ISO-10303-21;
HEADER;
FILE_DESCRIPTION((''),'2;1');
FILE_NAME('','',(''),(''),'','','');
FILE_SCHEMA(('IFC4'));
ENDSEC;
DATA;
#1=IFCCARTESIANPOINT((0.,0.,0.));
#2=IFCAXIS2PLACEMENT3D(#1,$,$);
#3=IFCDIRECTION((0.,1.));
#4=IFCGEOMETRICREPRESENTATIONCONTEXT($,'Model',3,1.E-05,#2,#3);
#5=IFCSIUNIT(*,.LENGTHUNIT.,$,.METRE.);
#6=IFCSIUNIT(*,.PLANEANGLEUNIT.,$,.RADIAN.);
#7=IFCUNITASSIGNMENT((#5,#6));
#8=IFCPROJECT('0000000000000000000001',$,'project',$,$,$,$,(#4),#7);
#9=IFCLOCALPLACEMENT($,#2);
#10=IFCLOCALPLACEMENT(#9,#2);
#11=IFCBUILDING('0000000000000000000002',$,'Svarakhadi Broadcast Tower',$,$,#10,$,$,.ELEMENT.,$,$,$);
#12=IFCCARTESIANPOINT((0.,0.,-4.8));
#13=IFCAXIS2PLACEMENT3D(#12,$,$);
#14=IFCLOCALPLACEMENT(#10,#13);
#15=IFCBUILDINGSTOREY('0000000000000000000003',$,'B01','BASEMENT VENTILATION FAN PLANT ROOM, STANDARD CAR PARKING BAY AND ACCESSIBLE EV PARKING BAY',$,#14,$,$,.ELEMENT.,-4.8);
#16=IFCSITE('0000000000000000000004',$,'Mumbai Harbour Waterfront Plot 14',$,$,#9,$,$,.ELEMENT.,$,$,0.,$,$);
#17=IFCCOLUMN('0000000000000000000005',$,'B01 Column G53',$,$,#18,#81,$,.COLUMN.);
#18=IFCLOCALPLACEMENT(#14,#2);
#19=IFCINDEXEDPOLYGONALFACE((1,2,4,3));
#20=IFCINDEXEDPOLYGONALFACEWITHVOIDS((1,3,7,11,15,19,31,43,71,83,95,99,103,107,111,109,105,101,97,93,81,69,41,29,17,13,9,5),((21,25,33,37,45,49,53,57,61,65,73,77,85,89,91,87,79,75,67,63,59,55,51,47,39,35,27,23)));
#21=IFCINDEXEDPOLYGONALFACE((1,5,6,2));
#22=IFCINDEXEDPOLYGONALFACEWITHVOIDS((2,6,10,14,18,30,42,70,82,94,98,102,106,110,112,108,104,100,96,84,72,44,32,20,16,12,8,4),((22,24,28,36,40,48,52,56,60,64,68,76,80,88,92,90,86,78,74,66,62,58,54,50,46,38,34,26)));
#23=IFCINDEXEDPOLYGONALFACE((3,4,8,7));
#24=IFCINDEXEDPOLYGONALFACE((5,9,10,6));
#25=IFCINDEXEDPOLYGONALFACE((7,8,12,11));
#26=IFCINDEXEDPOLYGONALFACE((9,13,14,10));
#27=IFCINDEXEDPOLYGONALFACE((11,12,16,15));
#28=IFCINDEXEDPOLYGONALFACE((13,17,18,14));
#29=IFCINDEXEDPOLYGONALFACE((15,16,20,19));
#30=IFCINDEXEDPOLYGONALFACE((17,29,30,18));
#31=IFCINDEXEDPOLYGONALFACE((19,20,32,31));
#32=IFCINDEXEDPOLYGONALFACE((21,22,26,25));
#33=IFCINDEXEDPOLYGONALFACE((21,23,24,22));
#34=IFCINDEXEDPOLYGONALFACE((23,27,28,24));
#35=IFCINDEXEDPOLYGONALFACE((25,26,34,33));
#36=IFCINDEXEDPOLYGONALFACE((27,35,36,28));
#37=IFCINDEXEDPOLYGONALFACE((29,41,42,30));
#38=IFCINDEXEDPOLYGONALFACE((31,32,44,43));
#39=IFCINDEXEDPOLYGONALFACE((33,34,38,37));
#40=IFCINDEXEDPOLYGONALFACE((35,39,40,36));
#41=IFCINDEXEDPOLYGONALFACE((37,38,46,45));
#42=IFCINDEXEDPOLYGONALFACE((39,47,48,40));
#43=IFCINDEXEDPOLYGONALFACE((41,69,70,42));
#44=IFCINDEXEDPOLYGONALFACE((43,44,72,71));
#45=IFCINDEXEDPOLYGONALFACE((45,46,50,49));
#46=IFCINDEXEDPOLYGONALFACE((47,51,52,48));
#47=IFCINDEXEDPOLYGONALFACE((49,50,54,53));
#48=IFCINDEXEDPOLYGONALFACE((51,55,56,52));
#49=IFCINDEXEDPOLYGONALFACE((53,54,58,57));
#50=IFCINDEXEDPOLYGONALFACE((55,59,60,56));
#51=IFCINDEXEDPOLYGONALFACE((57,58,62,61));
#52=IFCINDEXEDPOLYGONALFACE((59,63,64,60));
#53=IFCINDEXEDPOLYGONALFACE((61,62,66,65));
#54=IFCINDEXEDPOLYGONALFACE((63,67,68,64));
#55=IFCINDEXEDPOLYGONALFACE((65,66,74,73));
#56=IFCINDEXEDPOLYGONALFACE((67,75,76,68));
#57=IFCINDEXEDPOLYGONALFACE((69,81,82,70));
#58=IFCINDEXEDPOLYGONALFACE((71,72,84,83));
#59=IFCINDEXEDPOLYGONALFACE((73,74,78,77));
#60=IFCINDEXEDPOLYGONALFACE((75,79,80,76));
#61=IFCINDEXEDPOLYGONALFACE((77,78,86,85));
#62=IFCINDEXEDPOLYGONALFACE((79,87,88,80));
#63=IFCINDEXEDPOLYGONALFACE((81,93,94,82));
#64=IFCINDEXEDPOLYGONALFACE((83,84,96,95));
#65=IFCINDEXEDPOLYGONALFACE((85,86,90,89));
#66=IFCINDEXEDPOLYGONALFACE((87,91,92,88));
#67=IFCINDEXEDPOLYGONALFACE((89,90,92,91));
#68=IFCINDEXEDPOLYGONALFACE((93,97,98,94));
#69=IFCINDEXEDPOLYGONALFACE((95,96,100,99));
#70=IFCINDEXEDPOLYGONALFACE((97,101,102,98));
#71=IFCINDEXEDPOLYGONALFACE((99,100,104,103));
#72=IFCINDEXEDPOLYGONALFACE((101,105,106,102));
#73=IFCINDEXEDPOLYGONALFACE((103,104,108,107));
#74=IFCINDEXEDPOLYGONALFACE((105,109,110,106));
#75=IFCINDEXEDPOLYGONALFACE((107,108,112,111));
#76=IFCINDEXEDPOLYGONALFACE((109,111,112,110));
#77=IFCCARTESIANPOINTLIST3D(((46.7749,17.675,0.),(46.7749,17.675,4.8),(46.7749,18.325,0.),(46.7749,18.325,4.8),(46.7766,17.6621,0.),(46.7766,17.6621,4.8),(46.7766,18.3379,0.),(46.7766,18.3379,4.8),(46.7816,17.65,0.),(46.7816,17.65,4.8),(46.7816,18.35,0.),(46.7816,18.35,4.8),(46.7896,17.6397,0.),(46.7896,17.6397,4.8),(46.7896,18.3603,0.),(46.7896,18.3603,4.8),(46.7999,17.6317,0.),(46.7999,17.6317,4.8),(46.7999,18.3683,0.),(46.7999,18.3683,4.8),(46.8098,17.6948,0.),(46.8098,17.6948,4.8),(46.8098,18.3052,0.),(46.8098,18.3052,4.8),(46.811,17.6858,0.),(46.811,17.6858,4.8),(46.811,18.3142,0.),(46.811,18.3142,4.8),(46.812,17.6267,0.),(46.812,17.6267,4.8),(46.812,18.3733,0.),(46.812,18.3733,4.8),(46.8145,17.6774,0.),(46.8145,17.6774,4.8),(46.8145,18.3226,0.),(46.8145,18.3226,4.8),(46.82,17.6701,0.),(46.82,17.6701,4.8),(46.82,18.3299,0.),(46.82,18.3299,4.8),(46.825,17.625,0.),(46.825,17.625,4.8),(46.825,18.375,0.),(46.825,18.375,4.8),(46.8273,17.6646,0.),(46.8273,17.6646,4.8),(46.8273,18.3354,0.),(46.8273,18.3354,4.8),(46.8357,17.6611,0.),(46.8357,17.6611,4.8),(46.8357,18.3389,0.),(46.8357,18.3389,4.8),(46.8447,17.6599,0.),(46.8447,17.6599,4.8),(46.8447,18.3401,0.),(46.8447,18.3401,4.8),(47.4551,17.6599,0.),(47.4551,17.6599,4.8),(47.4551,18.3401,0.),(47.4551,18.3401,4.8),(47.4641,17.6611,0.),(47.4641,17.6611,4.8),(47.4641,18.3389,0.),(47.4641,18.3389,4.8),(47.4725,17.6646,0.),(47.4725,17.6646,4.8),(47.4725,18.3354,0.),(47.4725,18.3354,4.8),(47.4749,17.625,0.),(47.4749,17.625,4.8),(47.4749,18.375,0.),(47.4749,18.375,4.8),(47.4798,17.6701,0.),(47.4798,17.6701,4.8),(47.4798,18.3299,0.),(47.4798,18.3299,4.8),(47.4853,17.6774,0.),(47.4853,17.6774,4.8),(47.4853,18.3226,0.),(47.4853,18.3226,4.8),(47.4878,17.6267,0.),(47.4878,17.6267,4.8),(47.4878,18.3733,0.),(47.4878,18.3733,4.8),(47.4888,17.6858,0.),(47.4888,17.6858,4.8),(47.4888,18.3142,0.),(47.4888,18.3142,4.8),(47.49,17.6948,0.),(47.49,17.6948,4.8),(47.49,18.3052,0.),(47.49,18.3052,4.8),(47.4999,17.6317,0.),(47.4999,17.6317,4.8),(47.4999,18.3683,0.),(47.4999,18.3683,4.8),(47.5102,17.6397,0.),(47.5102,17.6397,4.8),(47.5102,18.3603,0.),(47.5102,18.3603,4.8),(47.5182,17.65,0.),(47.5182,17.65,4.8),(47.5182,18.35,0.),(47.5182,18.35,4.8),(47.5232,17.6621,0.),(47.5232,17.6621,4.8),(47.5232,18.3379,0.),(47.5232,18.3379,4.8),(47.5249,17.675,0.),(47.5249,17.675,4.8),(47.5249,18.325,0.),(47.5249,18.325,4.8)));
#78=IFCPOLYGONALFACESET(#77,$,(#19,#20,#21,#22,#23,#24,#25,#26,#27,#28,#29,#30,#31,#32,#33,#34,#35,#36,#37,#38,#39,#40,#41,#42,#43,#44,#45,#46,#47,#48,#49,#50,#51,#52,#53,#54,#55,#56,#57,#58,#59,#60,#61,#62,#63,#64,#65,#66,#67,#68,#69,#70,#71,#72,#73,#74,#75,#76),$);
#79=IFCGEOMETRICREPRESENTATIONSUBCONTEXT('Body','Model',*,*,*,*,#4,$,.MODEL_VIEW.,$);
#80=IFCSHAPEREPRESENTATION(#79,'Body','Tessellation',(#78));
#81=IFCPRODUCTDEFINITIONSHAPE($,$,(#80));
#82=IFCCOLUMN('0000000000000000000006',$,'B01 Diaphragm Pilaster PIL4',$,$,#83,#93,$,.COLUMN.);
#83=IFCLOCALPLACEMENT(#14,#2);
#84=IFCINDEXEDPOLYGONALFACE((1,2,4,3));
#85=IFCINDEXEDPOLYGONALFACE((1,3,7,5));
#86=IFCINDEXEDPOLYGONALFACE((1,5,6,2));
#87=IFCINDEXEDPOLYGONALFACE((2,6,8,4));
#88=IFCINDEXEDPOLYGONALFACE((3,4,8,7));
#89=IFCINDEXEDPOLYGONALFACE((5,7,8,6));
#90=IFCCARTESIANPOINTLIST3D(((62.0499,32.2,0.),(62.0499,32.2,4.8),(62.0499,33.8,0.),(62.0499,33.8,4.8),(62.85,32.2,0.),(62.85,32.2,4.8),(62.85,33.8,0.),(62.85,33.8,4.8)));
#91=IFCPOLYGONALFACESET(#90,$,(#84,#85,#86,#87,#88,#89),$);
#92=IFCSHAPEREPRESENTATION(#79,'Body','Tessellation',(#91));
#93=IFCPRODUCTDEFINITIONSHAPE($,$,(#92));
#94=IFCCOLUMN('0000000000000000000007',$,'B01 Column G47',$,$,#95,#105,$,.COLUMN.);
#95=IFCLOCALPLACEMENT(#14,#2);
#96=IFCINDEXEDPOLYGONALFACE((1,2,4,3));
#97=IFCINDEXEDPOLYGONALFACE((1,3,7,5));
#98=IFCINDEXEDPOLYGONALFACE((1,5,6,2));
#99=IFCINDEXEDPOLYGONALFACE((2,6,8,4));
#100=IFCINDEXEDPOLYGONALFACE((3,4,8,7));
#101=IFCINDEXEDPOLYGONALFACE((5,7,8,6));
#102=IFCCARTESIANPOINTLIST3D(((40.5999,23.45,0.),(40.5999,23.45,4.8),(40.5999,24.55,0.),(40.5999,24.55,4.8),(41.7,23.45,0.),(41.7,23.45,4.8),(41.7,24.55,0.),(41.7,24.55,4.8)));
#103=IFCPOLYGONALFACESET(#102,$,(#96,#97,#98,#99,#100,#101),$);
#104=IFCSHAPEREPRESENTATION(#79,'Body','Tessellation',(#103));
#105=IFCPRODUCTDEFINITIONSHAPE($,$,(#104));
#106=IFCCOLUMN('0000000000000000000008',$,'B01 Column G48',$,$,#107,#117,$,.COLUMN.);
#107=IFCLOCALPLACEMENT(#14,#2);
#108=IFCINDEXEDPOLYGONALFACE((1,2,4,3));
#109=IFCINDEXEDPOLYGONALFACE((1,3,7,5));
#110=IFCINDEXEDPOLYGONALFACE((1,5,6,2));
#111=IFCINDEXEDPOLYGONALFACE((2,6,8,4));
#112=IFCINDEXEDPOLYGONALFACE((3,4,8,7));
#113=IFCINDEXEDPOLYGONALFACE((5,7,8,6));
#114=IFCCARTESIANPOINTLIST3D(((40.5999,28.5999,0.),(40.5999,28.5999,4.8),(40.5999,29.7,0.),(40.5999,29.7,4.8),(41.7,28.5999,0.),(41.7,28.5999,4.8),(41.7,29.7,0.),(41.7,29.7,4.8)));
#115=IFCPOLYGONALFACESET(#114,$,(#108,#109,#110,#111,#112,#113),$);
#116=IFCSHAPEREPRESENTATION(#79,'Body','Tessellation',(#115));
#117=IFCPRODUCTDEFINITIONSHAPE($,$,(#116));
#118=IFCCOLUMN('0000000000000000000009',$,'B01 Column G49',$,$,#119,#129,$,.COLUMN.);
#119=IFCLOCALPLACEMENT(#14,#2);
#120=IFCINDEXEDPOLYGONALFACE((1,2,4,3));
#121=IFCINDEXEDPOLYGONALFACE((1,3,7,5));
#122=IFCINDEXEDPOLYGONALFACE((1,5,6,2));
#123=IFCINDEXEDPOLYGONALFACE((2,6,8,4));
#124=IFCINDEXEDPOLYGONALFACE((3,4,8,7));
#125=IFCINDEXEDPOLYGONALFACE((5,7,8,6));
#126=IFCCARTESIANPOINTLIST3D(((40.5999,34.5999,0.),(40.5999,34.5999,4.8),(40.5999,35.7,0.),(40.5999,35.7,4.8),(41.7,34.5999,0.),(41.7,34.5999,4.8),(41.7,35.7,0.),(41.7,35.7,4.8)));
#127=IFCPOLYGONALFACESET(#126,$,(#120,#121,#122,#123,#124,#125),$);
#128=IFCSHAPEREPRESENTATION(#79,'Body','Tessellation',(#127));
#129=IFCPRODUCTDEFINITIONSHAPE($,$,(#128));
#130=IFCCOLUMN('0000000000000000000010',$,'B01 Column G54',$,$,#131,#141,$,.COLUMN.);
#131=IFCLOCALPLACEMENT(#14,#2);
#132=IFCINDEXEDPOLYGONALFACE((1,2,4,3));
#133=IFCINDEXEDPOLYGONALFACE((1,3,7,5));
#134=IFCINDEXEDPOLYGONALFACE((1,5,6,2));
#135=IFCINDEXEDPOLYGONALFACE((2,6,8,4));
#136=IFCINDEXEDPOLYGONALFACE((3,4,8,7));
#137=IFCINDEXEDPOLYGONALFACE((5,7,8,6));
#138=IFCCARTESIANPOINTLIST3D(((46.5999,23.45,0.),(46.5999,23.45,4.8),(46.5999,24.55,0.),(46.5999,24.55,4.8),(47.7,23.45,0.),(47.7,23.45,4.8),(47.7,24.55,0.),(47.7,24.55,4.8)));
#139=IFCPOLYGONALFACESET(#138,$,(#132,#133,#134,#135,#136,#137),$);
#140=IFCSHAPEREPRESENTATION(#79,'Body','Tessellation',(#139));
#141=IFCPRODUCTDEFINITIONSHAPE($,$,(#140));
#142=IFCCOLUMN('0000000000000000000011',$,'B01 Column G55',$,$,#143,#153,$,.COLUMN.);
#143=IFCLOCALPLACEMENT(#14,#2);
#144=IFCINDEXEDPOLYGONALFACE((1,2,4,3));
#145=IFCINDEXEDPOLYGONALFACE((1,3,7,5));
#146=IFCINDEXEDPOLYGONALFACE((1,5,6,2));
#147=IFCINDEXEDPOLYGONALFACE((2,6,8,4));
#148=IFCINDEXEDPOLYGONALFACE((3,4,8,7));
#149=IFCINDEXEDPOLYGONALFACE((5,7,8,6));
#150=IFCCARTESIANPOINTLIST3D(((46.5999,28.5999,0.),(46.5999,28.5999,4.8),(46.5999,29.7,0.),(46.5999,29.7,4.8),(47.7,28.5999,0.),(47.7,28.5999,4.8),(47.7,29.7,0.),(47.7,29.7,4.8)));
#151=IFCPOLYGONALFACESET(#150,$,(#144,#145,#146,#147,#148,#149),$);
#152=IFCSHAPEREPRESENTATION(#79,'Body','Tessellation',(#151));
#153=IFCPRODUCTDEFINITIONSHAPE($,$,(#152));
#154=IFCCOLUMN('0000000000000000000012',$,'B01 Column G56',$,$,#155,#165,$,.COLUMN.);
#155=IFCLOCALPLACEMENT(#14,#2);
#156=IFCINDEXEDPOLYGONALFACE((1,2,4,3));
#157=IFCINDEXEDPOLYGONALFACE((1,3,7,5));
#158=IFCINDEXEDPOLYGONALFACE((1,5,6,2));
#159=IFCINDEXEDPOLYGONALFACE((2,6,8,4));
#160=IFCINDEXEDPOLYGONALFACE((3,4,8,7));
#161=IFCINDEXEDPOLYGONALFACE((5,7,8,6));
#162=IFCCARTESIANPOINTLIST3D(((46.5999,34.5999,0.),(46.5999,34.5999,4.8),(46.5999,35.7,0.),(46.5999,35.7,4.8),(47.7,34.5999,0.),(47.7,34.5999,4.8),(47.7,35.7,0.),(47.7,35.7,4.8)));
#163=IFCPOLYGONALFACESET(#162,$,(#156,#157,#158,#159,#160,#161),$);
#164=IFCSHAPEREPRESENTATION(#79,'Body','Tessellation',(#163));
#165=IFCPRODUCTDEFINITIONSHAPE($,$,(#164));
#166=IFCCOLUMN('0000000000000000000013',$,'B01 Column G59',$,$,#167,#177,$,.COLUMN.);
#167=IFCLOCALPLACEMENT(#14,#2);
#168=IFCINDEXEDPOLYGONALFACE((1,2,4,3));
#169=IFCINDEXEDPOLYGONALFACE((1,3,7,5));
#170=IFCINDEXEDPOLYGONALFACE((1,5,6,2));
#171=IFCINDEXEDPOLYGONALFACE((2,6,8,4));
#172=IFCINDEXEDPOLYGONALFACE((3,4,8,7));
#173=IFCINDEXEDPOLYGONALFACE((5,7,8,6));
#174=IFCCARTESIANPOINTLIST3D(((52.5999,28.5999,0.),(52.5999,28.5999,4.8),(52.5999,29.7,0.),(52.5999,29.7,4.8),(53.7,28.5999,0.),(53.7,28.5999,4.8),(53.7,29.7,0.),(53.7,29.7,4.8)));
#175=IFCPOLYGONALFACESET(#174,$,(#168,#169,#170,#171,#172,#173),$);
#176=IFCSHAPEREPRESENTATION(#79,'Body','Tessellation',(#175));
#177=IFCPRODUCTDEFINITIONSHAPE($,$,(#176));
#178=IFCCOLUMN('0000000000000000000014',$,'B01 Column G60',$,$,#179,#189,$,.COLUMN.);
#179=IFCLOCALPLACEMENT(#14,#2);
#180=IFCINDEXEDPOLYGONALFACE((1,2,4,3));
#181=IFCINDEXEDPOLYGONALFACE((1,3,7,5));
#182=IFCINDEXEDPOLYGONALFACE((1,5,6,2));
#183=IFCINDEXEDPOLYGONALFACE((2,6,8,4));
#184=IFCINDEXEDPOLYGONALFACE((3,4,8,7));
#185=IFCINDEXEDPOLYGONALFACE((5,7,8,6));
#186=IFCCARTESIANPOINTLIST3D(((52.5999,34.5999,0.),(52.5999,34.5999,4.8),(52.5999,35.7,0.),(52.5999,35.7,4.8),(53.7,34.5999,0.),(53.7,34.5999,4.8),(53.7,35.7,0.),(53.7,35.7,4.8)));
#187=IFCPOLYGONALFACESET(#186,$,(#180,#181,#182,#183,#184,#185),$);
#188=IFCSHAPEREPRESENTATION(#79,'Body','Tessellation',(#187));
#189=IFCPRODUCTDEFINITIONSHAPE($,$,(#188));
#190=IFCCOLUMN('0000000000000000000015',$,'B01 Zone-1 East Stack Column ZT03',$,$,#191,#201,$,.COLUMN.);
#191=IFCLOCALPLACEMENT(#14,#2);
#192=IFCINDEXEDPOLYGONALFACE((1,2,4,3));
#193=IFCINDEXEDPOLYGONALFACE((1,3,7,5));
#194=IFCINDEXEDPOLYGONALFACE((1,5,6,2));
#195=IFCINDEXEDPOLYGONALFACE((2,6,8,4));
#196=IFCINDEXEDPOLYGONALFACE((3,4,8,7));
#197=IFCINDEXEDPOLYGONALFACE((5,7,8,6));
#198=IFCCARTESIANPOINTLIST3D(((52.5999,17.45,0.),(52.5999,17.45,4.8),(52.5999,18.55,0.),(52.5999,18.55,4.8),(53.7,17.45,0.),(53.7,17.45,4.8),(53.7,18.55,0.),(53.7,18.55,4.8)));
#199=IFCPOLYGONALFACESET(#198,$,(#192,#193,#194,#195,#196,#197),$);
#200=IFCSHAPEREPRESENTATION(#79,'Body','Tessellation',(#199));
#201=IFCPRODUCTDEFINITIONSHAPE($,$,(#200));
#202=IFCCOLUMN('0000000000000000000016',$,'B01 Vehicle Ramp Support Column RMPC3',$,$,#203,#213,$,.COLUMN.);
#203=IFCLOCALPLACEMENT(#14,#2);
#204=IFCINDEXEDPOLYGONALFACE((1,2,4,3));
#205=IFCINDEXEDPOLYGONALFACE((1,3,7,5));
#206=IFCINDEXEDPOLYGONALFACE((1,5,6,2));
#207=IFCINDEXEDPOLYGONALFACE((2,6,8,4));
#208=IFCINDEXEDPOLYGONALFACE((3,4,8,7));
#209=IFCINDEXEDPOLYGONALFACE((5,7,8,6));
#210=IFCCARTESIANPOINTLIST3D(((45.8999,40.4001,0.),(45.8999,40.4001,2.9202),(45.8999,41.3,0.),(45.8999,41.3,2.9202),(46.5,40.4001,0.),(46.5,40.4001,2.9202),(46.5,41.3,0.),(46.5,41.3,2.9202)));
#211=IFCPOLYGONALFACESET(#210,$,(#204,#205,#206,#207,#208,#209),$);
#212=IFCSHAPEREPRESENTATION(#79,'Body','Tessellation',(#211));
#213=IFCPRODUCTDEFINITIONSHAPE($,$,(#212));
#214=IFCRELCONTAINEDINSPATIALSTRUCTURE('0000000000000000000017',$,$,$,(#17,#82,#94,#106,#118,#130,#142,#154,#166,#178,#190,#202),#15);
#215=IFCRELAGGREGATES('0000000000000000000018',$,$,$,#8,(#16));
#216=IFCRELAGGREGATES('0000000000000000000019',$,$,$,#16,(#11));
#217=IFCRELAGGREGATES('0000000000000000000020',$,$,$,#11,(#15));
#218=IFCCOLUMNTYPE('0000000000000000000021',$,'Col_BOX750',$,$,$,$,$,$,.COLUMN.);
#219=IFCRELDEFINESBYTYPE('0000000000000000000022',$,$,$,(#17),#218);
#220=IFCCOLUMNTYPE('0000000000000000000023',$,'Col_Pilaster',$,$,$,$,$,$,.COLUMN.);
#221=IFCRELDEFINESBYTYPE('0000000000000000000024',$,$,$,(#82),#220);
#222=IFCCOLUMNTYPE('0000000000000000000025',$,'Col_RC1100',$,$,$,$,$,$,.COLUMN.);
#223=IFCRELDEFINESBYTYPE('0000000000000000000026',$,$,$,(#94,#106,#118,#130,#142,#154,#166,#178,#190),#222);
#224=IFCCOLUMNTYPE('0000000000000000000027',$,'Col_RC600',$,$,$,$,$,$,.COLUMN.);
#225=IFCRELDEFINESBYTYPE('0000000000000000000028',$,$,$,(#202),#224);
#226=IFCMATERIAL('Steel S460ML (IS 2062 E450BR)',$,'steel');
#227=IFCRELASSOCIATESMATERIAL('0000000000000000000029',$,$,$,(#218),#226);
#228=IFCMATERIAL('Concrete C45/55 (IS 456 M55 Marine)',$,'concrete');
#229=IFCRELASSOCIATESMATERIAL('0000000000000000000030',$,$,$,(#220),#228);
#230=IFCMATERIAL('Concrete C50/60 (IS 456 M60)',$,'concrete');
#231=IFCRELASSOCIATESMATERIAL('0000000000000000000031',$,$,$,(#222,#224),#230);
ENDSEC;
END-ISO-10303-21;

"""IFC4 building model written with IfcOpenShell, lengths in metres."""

from ifc_helpers import new_model, si_unit, direction, frame, origin, origin_2d, place, context, subcontext, project, spatial, rectangle, hollow_rectangle, extrude, material, material_profile, profile_set, type_object, element, save


model = new_model("IFC4")

# Units and contexts
model_context = context("Model", 3, precision=1e-05, world=origin(), true_north=direction((0.0, 1.0)))
body_context = subcontext(model_context, "Body", "Model", "MODEL_VIEW")
ifc_project = project(units=[si_unit("LENGTHUNIT", "METRE"), si_unit("PLANEANGLEUNIT", "RADIAN")], contexts=[model_context])

# Site, building, storey
site_placement = place(None, origin())
site = spatial("IfcSite", under=ifc_project, at=site_placement, Name="Mumbai Harbour Waterfront Plot 14", CompositionType="ELEMENT", RefElevation=0.0)
building_placement = place(site_placement, origin())
building = spatial("IfcBuilding", under=site, at=building_placement, Name="Svarakhadi Broadcast Tower", CompositionType="ELEMENT")
storey_placement = place(building_placement, frame((0.0, 0.0, -4.8)))
storey = spatial("IfcBuildingStorey", under=building, at=storey_placement, Name="B01", Description="BASEMENT VENTILATION FAN PLANT ROOM, STANDARD CAR PARKING BAY AND ACCESSIBLE EV PARKING BAY", CompositionType="ELEMENT", Elevation=-4.8)

# Columns
ifc_material_1 = material(Name="Steel S460ML (IS 2062 E450BR)", Category="steel")
ifc_material_profile_1 = material_profile(ifc_material_1, hollow_rectangle(XDim=0.75, YDim=0.75, WallThickness=0.0349, InnerFilletRadius=0.0349, OuterFilletRadius=0.05, at=origin_2d()), Name="BOX 750x750x35")
ifc_profile_set_1 = profile_set([ifc_material_profile_1], Name="Steel S460ML (IS 2062 E450BR)")
column_type_1 = type_object("IfcColumnType", Name="Col_BOX750", PredefinedType="COLUMN", material=ifc_profile_set_1)
column_1_placement = place(storey_placement, frame((47.1499, 18.0, 0.0), z_axis=(0.0, 0.0, 1.0), x_axis=(1.0, 0.0, 0.0)))
element("IfcColumn", 1, at=column_1_placement, inside=storey, type_object=column_type_1, Name="B01 Column G53", PredefinedType="COLUMN", context=body_context, shape_type="SweptSolid", body=[
    extrude(hollow_rectangle(XDim=0.75, YDim=0.75, WallThickness=0.0349, InnerFilletRadius=0.0349, OuterFilletRadius=0.05, at=origin_2d()), origin(), (0.0, 0.0, 1.0), 4.8),
])
ifc_material_2 = material(Name="Concrete C45/55 (IS 456 M55 Marine)", Category="concrete")
ifc_material_profile_2 = material_profile(ifc_material_2, rectangle(XDim=0.8, YDim=1.6001, at=origin_2d()), Name="RC 800x1600")
ifc_profile_set_2 = profile_set([ifc_material_profile_2], Name="Concrete C45/55 (IS 456 M55 Marine)")
column_type_2 = type_object("IfcColumnType", Name="Col_Pilaster", PredefinedType="COLUMN", material=ifc_profile_set_2)
column_2_placement = place(storey_placement, frame((62.45, 33.0, 0.0), z_axis=(0.0, 0.0, 1.0), x_axis=(1.0, 0.0, 0.0)))
element("IfcColumn", 2, at=column_2_placement, inside=storey, type_object=column_type_2, Name="B01 Diaphragm Pilaster PIL4", PredefinedType="COLUMN", context=body_context, shape_type="SweptSolid", body=[
    extrude(rectangle(XDim=0.8, YDim=1.6001, at=origin_2d()), origin(), (0.0, 0.0, 1.0), 4.8),
])
ifc_material_3 = material(Name="Concrete C50/60 (IS 456 M60)", Category="concrete")
ifc_material_profile_3 = material_profile(ifc_material_3, rectangle(XDim=1.1001, YDim=1.1001, at=origin_2d()), Name="RC 1100x1100")
ifc_profile_set_3 = profile_set([ifc_material_profile_3], Name="Concrete C50/60 (IS 456 M60)")
column_type_3 = type_object("IfcColumnType", Name="Col_RC1100", PredefinedType="COLUMN", material=ifc_profile_set_3)
for number, where, z_axis, x_axis, name in (
    (3, (41.1499, 24.0, 0.0), (0.0, 0.0, 1.0), (1.0, 0.0, 0.0), "B01 Column G47"),
    (4, (41.1499, 29.1499, 0.0), (0.0, 0.0, 1.0), (1.0, 0.0, 0.0), "B01 Column G48"),
    (5, (41.1499, 35.1499, 0.0), (0.0, 0.0, 1.0), (1.0, 0.0, 0.0), "B01 Column G49"),
    (6, (47.1499, 24.0, 0.0), (0.0, 0.0, 1.0), (1.0, 0.0, 0.0), "B01 Column G54"),
    (7, (47.1499, 29.1499, 0.0), (0.0, 0.0, 1.0), (1.0, 0.0, 0.0), "B01 Column G55"),
    (8, (47.1499, 35.1499, 0.0), (0.0, 0.0, 1.0), (1.0, 0.0, 0.0), "B01 Column G56"),
    (9, (53.1499, 29.1499, 0.0), (0.0, 0.0, 1.0), (1.0, 0.0, 0.0), "B01 Column G59"),
    (10, (53.1499, 35.1499, 0.0), (0.0, 0.0, 1.0), (1.0, 0.0, 0.0), "B01 Column G60"),
    (11, (53.1499, 18.0, 0.0), (0.0, 0.0, 1.0), (1.0, 0.0, 0.0), "B01 Zone-1 East Stack Column ZT03"),
):
    element("IfcColumn", number, at=place(storey_placement, frame(where, z_axis=z_axis, x_axis=x_axis)), inside=storey, type_object=column_type_3, Name=name, PredefinedType="COLUMN", context=body_context, shape_type="SweptSolid", body=[
        extrude(rectangle(XDim=1.1001, YDim=1.1001, at=origin_2d()), origin(), (0.0, 0.0, 1.0), 4.8),
    ])
ifc_material_profile_4 = material_profile(ifc_material_3, rectangle(XDim=0.6001, YDim=0.8999, at=origin_2d()), Name="RC 600x900")
ifc_profile_set_4 = profile_set([ifc_material_profile_4], Name="Concrete C50/60 (IS 456 M60)")
column_type_4 = type_object("IfcColumnType", Name="Col_RC600", PredefinedType="COLUMN", material=ifc_profile_set_4)
for number, where, z_axis, x_axis, name in (
    (12, (46.2, 40.8501, 0.0), (0.0, 0.0, 1.0), (1.0, 0.0, 0.0), "B01 Vehicle Ramp Support Column RMPC3"),
):
    element("IfcColumn", number, at=place(storey_placement, frame(where, z_axis=z_axis, x_axis=x_axis)), inside=storey, type_object=column_type_4, Name=name, PredefinedType="COLUMN", context=body_context, shape_type="SweptSolid", body=[
        extrude(rectangle(XDim=0.6001, YDim=0.8999, at=origin_2d()), origin(), (0.0, 0.0, 1.0), 2.9202),
    ])

save(model, "model.ifc")
